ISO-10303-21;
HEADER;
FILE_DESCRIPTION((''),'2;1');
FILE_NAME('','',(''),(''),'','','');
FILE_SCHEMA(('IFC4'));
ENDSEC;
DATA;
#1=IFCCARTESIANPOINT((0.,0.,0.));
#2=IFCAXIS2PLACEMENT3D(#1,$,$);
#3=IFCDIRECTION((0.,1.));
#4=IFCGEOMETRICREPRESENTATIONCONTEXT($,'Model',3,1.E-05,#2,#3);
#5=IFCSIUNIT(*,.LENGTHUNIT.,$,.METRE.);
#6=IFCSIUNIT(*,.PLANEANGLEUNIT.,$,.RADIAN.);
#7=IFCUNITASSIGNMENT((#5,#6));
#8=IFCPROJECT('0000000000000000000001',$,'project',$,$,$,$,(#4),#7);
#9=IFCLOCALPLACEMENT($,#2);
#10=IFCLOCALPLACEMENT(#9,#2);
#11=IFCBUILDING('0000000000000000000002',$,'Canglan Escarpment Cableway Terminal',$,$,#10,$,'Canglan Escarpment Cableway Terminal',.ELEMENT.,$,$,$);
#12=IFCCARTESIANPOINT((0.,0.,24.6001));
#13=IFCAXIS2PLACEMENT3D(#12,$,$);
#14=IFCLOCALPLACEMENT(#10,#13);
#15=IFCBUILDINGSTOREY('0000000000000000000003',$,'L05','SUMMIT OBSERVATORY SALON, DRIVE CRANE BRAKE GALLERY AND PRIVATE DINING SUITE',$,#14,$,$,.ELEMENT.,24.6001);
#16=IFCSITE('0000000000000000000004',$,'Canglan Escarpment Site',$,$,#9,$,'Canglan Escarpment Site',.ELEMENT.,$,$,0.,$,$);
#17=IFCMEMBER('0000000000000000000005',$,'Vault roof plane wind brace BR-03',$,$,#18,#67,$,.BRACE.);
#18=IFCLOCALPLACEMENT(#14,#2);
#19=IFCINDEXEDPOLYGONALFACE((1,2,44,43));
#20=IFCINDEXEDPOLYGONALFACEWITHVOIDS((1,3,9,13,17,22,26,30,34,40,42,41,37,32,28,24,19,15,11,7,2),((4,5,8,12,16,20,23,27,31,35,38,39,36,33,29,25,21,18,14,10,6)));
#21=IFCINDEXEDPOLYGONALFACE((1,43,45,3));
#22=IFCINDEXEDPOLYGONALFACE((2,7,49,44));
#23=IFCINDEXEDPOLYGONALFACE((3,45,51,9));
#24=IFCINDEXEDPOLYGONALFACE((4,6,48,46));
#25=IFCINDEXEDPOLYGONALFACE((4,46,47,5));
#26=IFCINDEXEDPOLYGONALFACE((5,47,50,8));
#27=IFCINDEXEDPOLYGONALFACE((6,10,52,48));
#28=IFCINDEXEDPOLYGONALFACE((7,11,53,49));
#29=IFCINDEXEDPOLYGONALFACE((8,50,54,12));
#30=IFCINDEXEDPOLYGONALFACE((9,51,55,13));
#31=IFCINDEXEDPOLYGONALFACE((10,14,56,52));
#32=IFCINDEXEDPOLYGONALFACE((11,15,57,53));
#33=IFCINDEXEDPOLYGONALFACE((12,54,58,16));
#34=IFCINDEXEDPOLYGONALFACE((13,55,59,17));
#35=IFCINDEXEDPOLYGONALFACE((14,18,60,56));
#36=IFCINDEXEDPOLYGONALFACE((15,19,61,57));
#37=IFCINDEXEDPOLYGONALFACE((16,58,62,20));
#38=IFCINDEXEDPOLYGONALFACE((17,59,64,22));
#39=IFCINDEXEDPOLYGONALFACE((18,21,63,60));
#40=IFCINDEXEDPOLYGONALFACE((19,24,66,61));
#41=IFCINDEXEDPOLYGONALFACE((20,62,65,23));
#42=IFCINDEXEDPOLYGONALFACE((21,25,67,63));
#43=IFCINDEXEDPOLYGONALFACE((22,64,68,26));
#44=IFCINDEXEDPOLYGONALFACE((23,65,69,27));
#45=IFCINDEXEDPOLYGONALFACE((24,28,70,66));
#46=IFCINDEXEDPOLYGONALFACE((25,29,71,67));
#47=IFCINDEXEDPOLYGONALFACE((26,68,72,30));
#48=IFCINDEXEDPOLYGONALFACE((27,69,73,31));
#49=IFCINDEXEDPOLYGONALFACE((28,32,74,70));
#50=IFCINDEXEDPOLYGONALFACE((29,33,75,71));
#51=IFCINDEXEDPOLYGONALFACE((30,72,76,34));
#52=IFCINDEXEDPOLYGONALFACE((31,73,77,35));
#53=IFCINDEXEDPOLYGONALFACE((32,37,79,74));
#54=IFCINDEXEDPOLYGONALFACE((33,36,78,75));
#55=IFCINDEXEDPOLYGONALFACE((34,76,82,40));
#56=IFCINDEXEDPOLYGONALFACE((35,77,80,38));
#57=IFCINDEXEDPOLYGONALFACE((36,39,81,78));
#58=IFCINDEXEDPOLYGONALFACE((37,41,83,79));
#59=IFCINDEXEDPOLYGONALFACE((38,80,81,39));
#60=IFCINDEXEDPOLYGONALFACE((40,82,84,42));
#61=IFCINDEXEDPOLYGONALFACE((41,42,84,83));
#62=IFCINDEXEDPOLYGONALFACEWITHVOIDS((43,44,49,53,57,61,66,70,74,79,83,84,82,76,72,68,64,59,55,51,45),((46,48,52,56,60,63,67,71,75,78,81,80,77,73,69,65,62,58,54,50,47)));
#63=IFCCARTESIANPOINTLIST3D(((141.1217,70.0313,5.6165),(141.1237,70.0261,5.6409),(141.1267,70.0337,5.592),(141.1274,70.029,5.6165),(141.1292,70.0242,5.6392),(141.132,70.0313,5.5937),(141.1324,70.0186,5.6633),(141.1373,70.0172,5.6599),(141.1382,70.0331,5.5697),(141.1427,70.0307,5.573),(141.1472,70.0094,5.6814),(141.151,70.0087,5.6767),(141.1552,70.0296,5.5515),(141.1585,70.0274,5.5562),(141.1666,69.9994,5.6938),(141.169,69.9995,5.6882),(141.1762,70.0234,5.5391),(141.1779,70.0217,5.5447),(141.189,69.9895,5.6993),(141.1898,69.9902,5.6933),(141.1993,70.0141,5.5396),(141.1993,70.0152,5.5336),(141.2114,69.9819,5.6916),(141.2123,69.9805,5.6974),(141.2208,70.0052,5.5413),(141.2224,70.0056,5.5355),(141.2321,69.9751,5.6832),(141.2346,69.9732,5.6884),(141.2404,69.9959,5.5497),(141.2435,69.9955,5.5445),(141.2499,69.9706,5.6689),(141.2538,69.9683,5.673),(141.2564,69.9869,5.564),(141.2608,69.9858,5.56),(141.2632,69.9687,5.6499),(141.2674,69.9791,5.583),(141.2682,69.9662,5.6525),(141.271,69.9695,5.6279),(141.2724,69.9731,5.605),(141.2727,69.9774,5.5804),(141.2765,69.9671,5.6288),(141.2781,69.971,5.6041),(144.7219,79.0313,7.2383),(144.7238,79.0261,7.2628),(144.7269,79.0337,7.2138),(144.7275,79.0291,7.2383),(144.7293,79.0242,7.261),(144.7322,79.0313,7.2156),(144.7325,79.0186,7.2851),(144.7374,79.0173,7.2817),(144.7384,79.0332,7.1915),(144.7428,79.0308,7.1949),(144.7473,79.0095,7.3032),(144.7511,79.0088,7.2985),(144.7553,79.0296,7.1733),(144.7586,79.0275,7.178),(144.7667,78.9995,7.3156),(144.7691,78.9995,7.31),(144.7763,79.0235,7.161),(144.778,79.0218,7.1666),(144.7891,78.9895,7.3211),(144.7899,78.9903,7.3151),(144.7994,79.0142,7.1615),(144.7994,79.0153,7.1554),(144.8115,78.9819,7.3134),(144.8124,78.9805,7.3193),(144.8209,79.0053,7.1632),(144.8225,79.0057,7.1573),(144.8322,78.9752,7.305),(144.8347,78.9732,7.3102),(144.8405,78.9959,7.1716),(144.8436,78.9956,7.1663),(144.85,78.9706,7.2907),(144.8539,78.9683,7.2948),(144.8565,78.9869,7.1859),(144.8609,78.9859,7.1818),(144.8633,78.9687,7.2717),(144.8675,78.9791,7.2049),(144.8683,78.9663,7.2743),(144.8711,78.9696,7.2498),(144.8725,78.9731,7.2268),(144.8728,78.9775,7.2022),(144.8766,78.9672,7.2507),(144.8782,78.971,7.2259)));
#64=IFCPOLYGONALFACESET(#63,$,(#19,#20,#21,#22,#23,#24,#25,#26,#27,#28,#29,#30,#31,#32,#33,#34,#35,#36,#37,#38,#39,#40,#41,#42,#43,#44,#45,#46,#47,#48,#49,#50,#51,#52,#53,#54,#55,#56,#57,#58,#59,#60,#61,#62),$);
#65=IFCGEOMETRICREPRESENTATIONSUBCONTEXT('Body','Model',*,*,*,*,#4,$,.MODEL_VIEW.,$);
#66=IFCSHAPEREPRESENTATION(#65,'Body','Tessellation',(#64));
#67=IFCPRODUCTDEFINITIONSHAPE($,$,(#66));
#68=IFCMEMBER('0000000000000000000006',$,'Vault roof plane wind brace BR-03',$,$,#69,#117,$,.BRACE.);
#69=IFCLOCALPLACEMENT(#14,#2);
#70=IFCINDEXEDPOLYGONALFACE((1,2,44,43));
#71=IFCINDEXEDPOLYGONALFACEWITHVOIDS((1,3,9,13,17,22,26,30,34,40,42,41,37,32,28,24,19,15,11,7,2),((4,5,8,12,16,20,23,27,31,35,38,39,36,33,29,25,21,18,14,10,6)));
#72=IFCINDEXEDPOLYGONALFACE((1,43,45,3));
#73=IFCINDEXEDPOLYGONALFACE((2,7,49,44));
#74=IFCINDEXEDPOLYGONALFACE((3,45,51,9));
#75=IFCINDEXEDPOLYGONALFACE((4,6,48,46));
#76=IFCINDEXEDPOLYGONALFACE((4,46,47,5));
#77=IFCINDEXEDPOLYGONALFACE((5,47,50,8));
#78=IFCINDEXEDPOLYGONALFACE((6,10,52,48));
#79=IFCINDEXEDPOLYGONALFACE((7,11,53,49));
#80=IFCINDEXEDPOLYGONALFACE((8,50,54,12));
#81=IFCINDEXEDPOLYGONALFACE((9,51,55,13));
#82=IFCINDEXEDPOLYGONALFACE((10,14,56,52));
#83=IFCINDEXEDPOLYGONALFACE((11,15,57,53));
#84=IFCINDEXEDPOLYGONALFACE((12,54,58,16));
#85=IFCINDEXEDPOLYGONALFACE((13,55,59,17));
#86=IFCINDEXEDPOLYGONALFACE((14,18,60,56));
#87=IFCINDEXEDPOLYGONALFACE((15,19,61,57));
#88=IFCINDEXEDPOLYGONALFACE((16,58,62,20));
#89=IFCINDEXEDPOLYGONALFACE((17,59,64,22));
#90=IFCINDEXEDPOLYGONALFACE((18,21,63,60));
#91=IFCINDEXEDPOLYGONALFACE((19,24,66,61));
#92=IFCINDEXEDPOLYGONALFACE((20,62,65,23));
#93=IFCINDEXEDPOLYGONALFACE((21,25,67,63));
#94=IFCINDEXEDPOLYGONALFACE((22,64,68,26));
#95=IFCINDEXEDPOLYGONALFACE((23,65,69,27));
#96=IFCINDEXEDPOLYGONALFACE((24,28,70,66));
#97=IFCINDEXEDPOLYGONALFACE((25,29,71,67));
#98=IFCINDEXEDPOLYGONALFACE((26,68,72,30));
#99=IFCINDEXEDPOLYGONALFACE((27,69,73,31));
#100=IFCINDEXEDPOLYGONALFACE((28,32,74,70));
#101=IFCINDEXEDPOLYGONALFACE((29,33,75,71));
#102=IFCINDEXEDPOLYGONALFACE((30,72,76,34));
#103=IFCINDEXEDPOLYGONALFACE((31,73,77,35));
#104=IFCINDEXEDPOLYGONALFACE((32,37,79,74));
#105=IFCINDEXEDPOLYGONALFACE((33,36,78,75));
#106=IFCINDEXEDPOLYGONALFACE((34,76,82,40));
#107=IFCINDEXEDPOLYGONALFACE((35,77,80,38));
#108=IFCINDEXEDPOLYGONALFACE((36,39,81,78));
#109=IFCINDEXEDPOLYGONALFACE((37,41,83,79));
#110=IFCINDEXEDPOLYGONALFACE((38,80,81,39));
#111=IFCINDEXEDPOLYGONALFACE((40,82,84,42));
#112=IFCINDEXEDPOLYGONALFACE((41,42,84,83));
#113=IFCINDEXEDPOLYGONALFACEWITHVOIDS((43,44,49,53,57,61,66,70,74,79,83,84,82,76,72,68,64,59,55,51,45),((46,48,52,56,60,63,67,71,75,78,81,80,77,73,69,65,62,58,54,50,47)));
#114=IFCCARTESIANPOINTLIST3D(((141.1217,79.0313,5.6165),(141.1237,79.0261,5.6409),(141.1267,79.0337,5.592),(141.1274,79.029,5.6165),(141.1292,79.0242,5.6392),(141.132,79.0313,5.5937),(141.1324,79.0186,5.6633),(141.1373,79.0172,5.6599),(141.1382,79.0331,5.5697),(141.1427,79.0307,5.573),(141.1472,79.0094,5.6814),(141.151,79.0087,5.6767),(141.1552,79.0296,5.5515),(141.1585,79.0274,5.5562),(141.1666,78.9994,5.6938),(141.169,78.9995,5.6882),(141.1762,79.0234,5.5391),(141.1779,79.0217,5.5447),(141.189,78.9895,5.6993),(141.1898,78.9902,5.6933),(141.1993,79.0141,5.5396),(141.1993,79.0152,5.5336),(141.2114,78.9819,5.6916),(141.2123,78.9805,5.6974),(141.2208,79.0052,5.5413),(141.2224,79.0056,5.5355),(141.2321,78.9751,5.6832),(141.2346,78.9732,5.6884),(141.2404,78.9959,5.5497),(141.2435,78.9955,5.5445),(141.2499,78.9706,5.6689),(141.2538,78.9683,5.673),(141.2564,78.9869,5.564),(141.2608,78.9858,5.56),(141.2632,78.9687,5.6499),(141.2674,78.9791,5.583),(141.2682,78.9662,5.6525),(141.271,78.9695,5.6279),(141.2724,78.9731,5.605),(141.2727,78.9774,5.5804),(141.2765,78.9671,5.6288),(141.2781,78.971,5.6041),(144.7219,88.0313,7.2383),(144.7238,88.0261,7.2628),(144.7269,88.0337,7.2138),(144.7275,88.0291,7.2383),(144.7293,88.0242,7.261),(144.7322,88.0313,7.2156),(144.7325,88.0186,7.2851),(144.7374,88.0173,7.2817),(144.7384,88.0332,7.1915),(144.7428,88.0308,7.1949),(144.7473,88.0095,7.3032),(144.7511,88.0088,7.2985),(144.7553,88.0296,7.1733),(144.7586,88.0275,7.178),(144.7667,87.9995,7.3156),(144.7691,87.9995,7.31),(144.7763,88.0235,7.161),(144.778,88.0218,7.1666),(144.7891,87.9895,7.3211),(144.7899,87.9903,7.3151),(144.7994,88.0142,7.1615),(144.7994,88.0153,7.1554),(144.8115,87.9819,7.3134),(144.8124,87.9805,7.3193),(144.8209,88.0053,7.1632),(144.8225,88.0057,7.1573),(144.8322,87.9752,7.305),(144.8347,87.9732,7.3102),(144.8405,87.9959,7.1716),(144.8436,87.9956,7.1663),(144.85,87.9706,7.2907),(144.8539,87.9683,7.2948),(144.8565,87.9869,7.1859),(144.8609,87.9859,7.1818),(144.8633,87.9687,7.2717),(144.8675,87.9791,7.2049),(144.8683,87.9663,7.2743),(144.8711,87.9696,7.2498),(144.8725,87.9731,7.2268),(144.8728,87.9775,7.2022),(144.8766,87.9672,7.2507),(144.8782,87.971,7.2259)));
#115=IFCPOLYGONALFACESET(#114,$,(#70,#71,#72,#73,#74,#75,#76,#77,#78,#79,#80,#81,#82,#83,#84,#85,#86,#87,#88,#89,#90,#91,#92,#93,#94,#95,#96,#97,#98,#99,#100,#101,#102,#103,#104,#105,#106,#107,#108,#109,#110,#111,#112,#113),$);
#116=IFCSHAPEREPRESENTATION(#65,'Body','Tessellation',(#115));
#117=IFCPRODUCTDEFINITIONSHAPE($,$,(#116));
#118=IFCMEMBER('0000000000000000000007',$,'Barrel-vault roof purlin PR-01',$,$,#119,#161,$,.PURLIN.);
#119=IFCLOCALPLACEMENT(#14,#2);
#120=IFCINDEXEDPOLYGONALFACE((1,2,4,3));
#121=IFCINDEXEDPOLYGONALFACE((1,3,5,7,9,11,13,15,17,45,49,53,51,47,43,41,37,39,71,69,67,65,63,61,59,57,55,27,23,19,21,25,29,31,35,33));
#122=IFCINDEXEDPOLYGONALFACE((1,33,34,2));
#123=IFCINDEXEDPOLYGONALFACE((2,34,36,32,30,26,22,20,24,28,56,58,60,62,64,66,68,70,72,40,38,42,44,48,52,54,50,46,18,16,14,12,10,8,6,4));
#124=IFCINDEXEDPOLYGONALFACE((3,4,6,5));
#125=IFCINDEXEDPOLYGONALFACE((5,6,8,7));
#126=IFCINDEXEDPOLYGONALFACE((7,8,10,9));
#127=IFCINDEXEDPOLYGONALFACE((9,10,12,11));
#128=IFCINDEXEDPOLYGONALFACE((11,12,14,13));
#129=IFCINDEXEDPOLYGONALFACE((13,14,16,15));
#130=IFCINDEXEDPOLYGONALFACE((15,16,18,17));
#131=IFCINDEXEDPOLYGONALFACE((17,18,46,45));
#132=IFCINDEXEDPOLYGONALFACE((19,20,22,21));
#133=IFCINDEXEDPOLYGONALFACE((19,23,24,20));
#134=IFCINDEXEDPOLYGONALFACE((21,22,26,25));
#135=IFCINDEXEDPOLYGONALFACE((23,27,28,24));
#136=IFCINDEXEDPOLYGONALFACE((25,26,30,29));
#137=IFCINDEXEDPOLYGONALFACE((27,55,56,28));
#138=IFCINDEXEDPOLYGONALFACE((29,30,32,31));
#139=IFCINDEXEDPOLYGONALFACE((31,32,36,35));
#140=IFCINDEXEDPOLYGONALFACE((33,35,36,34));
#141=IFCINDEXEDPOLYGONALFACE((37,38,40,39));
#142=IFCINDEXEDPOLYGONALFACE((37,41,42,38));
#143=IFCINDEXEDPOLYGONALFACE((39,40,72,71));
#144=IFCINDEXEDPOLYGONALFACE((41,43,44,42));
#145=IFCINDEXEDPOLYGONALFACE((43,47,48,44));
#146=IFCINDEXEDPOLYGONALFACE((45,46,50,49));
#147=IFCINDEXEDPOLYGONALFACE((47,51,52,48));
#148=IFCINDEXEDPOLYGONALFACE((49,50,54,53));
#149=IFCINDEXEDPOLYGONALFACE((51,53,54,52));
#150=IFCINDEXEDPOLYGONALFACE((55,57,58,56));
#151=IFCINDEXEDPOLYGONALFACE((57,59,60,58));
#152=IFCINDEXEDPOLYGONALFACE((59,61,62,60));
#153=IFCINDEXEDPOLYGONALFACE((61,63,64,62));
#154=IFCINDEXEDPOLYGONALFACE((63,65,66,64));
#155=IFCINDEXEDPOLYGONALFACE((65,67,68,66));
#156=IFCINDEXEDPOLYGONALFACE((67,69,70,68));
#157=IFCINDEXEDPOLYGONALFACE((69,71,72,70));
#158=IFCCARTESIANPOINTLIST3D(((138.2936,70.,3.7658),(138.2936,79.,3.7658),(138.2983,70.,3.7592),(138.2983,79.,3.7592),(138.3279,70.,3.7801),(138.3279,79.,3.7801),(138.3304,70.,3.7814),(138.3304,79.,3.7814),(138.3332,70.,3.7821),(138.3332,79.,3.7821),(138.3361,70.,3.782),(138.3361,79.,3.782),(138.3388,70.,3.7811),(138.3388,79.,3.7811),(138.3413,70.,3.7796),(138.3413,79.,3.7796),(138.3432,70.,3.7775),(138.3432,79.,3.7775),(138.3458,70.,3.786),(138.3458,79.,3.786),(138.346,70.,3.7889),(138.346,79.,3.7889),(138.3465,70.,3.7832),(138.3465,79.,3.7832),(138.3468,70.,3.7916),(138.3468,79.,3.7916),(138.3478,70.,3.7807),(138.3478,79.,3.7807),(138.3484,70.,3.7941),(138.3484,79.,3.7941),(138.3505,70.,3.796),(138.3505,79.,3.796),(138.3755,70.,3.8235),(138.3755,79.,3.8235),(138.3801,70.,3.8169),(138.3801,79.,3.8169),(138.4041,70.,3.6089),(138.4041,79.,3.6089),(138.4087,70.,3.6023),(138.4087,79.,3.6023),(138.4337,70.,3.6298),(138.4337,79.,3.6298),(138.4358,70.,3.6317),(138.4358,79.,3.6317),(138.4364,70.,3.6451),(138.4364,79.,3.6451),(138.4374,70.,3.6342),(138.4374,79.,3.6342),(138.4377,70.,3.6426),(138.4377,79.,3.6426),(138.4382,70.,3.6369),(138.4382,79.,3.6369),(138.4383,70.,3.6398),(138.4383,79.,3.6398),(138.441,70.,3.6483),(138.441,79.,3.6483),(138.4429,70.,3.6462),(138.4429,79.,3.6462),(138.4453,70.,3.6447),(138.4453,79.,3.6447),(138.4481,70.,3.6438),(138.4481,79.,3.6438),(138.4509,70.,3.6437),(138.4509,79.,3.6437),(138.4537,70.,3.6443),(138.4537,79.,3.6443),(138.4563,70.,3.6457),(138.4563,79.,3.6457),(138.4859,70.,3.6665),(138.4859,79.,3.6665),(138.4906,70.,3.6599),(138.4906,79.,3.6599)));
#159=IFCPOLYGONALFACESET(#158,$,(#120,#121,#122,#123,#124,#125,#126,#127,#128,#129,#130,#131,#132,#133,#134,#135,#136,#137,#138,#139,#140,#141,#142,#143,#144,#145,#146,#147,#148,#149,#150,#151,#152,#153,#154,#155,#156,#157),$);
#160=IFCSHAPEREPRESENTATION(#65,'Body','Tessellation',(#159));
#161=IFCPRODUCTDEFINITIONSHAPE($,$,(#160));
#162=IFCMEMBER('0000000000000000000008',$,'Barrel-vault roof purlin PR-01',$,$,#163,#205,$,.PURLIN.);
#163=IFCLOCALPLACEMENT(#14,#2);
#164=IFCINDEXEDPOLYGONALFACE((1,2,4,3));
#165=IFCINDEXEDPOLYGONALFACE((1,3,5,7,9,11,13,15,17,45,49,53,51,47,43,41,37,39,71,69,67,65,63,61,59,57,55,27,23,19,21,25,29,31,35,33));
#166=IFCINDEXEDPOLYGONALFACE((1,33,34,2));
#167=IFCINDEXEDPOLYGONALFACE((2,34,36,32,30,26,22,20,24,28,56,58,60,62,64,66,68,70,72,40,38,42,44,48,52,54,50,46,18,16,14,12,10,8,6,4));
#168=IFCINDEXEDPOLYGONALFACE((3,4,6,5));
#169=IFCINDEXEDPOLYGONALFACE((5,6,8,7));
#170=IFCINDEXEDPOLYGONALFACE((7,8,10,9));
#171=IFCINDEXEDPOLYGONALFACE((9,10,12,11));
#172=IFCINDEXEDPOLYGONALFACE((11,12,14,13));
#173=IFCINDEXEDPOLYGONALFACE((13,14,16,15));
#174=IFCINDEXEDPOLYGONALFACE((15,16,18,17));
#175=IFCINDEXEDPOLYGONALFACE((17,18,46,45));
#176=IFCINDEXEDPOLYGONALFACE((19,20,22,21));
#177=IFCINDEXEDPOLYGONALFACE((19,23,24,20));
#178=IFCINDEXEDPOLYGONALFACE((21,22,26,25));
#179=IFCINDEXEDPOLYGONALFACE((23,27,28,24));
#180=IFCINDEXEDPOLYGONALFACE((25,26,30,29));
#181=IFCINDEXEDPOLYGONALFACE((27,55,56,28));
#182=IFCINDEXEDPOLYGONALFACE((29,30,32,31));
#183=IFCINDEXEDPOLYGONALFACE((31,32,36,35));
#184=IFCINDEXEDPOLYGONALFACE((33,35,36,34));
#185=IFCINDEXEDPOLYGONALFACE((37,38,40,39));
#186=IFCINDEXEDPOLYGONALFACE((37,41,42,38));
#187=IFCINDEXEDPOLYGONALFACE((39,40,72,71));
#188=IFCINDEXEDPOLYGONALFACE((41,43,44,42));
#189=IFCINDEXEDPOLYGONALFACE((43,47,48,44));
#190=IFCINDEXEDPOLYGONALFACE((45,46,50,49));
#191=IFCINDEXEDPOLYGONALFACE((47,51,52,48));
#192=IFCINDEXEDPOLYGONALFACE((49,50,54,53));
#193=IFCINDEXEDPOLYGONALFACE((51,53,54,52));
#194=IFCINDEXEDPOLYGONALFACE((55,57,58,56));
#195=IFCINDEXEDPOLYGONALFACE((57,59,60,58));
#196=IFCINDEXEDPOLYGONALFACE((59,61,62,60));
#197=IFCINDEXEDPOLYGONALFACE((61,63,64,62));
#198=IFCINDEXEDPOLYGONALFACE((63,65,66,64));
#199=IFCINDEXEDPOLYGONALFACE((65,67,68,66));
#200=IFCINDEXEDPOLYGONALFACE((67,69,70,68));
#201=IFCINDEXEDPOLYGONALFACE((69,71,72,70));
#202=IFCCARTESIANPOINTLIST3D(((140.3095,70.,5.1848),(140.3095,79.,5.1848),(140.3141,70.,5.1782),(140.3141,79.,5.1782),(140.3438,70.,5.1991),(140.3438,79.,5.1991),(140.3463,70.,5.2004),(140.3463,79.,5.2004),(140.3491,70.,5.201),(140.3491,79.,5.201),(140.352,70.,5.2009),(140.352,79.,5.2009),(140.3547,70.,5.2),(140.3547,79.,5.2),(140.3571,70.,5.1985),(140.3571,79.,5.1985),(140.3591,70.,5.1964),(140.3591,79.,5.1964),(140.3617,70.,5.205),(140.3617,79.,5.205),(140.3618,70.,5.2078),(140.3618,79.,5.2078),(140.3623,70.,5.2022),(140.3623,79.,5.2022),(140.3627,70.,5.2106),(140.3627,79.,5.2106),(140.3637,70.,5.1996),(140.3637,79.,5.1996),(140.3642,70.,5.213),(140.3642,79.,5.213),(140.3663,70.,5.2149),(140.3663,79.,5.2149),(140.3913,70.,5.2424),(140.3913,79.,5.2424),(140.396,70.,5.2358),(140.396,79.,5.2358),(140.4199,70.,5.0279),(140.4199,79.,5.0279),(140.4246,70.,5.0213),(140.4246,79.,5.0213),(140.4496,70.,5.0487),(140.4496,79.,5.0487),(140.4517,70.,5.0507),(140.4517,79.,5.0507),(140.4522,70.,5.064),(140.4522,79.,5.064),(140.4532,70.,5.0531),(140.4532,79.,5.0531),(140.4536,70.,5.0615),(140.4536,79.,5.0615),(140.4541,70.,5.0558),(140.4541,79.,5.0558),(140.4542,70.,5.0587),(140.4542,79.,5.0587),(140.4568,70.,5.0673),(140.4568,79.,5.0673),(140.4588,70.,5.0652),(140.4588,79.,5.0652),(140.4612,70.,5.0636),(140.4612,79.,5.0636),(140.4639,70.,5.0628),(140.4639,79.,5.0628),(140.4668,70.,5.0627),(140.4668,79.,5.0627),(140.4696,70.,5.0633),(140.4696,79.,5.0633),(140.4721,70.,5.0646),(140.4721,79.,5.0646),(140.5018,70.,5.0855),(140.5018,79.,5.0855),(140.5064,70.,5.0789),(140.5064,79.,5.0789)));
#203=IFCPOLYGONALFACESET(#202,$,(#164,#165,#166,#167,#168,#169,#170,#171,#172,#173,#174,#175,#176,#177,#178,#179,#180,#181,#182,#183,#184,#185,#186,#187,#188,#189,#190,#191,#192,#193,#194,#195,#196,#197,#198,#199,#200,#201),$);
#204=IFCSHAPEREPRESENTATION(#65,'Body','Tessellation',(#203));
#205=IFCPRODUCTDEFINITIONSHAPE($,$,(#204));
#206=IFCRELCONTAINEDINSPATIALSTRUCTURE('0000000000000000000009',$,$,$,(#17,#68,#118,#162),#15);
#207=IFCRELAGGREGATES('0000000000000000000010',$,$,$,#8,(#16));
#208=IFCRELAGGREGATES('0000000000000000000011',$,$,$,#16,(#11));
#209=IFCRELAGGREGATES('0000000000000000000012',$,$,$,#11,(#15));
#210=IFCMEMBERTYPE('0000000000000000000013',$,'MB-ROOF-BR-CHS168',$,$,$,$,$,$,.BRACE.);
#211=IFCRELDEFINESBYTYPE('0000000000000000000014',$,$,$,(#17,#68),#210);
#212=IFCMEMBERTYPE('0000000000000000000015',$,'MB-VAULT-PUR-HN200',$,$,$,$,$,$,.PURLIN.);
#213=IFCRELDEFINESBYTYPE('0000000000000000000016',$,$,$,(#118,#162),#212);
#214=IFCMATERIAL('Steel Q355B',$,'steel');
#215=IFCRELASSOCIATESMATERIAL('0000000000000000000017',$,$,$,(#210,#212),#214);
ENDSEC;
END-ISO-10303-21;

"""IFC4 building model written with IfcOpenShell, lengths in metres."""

from ifc_helpers import new_model, si_unit, direction, frame, origin, origin_2d, place, context, subcontext, project, spatial, hollow_circle, i_section, extrude, material, material_profile, profile_set, type_object, element, save


model = new_model("IFC4")

# Units and contexts
model_context = context("Model", 3, precision=1e-05, world=origin(), true_north=direction((0.0, 1.0)))
body_context = subcontext(model_context, "Body", "Model", "MODEL_VIEW")
ifc_project = project(units=[si_unit("LENGTHUNIT", "METRE"), si_unit("PLANEANGLEUNIT", "RADIAN")], contexts=[model_context])

# Site, building, storey
site_placement = place(None, origin())
site = spatial("IfcSite", under=ifc_project, at=site_placement, Name="Canglan Escarpment Site", LongName="Canglan Escarpment Site", CompositionType="ELEMENT", RefElevation=0.0)
building_placement = place(site_placement, origin())
building = spatial("IfcBuilding", under=site, at=building_placement, Name="Canglan Escarpment Cableway Terminal", LongName="Canglan Escarpment Cableway Terminal", CompositionType="ELEMENT")
storey_placement = place(building_placement, frame((0.0, 0.0, 24.6001)))
storey = spatial("IfcBuildingStorey", under=building, at=storey_placement, Name="L05", Description="SUMMIT OBSERVATORY SALON, DRIVE CRANE BRAKE GALLERY AND PRIVATE DINING SUITE", CompositionType="ELEMENT", Elevation=24.6001)

# Shared definitions
ifc_material_1 = material(Name="Steel Q355B", Category="steel")

# Members
ifc_material_profile_1 = material_profile(ifc_material_1, hollow_circle(Radius=0.0842, WallThickness=0.0061, at=origin_2d()), Name="CHS 168.3x6")
ifc_profile_set_1 = profile_set([ifc_material_profile_1], Name="Steel Q355B")
member_type_1 = type_object("IfcMemberType", Name="MB-ROOF-BR-CHS168", PredefinedType="BRACE", material=ifc_profile_set_1)
for number, where, z_axis, x_axis, name in (
    (1, (141.2, 70.0, 5.6165), (0.366308, 0.915744, 0.16502), (-0.928473, 0.371399, 0.0), "Vault roof plane wind brace BR-03"),
    (2, (141.2, 79.0, 5.6165), (0.366308, 0.915744, 0.16502), (-0.928473, 0.371399, 0.0), "Vault roof plane wind brace BR-03"),
):
    element("IfcMember", number, at=place(storey_placement, frame(where, z_axis=z_axis, x_axis=x_axis)), inside=storey, type_object=member_type_1, Name=name, PredefinedType="BRACE", context=body_context, shape_type="SweptSolid", body=[
        extrude(hollow_circle(Radius=0.0842, WallThickness=0.0061, at=origin_2d()), origin(), (0.0, 0.0, 1.0), 9.8281),
    ])
ifc_material_profile_2 = material_profile(ifc_material_1, i_section(OverallWidth=0.1001, OverallDepth=0.2, WebThickness=0.0056, FlangeThickness=0.0081, FilletRadius=0.011, at=origin_2d()), Name="HN 200x100x5.5x8")
ifc_profile_set_2 = profile_set([ifc_material_profile_2], Name="Steel Q355B")
member_type_2 = type_object("IfcMemberType", Name="MB-VAULT-PUR-HN200", PredefinedType="PURLIN", material=ifc_profile_set_2)
for number, where, z_axis, x_axis, name in (
    (3, (138.3921, 70.0, 3.7129), (0.0, 1.0, 0.0), (-0.817728, 0.0, -0.575605), "Barrel-vault roof purlin PR-01"),
    (4, (140.408, 70.0, 5.1318), (0.0, 1.0, 0.0), (-0.817728, 0.0, -0.575605), "Barrel-vault roof purlin PR-01"),
):
    element("IfcMember", number, at=place(storey_placement, frame(where, z_axis=z_axis, x_axis=x_axis)), inside=storey, type_object=member_type_2, Name=name, PredefinedType="PURLIN", context=body_context, shape_type="SweptSolid", body=[
        extrude(i_section(OverallWidth=0.1001, OverallDepth=0.2, WebThickness=0.0056, FlangeThickness=0.0081, FilletRadius=0.011, at=origin_2d()), origin(), (0.0, 0.0, 1.0), 9.0),
    ])

save(model, "model.ifc")
